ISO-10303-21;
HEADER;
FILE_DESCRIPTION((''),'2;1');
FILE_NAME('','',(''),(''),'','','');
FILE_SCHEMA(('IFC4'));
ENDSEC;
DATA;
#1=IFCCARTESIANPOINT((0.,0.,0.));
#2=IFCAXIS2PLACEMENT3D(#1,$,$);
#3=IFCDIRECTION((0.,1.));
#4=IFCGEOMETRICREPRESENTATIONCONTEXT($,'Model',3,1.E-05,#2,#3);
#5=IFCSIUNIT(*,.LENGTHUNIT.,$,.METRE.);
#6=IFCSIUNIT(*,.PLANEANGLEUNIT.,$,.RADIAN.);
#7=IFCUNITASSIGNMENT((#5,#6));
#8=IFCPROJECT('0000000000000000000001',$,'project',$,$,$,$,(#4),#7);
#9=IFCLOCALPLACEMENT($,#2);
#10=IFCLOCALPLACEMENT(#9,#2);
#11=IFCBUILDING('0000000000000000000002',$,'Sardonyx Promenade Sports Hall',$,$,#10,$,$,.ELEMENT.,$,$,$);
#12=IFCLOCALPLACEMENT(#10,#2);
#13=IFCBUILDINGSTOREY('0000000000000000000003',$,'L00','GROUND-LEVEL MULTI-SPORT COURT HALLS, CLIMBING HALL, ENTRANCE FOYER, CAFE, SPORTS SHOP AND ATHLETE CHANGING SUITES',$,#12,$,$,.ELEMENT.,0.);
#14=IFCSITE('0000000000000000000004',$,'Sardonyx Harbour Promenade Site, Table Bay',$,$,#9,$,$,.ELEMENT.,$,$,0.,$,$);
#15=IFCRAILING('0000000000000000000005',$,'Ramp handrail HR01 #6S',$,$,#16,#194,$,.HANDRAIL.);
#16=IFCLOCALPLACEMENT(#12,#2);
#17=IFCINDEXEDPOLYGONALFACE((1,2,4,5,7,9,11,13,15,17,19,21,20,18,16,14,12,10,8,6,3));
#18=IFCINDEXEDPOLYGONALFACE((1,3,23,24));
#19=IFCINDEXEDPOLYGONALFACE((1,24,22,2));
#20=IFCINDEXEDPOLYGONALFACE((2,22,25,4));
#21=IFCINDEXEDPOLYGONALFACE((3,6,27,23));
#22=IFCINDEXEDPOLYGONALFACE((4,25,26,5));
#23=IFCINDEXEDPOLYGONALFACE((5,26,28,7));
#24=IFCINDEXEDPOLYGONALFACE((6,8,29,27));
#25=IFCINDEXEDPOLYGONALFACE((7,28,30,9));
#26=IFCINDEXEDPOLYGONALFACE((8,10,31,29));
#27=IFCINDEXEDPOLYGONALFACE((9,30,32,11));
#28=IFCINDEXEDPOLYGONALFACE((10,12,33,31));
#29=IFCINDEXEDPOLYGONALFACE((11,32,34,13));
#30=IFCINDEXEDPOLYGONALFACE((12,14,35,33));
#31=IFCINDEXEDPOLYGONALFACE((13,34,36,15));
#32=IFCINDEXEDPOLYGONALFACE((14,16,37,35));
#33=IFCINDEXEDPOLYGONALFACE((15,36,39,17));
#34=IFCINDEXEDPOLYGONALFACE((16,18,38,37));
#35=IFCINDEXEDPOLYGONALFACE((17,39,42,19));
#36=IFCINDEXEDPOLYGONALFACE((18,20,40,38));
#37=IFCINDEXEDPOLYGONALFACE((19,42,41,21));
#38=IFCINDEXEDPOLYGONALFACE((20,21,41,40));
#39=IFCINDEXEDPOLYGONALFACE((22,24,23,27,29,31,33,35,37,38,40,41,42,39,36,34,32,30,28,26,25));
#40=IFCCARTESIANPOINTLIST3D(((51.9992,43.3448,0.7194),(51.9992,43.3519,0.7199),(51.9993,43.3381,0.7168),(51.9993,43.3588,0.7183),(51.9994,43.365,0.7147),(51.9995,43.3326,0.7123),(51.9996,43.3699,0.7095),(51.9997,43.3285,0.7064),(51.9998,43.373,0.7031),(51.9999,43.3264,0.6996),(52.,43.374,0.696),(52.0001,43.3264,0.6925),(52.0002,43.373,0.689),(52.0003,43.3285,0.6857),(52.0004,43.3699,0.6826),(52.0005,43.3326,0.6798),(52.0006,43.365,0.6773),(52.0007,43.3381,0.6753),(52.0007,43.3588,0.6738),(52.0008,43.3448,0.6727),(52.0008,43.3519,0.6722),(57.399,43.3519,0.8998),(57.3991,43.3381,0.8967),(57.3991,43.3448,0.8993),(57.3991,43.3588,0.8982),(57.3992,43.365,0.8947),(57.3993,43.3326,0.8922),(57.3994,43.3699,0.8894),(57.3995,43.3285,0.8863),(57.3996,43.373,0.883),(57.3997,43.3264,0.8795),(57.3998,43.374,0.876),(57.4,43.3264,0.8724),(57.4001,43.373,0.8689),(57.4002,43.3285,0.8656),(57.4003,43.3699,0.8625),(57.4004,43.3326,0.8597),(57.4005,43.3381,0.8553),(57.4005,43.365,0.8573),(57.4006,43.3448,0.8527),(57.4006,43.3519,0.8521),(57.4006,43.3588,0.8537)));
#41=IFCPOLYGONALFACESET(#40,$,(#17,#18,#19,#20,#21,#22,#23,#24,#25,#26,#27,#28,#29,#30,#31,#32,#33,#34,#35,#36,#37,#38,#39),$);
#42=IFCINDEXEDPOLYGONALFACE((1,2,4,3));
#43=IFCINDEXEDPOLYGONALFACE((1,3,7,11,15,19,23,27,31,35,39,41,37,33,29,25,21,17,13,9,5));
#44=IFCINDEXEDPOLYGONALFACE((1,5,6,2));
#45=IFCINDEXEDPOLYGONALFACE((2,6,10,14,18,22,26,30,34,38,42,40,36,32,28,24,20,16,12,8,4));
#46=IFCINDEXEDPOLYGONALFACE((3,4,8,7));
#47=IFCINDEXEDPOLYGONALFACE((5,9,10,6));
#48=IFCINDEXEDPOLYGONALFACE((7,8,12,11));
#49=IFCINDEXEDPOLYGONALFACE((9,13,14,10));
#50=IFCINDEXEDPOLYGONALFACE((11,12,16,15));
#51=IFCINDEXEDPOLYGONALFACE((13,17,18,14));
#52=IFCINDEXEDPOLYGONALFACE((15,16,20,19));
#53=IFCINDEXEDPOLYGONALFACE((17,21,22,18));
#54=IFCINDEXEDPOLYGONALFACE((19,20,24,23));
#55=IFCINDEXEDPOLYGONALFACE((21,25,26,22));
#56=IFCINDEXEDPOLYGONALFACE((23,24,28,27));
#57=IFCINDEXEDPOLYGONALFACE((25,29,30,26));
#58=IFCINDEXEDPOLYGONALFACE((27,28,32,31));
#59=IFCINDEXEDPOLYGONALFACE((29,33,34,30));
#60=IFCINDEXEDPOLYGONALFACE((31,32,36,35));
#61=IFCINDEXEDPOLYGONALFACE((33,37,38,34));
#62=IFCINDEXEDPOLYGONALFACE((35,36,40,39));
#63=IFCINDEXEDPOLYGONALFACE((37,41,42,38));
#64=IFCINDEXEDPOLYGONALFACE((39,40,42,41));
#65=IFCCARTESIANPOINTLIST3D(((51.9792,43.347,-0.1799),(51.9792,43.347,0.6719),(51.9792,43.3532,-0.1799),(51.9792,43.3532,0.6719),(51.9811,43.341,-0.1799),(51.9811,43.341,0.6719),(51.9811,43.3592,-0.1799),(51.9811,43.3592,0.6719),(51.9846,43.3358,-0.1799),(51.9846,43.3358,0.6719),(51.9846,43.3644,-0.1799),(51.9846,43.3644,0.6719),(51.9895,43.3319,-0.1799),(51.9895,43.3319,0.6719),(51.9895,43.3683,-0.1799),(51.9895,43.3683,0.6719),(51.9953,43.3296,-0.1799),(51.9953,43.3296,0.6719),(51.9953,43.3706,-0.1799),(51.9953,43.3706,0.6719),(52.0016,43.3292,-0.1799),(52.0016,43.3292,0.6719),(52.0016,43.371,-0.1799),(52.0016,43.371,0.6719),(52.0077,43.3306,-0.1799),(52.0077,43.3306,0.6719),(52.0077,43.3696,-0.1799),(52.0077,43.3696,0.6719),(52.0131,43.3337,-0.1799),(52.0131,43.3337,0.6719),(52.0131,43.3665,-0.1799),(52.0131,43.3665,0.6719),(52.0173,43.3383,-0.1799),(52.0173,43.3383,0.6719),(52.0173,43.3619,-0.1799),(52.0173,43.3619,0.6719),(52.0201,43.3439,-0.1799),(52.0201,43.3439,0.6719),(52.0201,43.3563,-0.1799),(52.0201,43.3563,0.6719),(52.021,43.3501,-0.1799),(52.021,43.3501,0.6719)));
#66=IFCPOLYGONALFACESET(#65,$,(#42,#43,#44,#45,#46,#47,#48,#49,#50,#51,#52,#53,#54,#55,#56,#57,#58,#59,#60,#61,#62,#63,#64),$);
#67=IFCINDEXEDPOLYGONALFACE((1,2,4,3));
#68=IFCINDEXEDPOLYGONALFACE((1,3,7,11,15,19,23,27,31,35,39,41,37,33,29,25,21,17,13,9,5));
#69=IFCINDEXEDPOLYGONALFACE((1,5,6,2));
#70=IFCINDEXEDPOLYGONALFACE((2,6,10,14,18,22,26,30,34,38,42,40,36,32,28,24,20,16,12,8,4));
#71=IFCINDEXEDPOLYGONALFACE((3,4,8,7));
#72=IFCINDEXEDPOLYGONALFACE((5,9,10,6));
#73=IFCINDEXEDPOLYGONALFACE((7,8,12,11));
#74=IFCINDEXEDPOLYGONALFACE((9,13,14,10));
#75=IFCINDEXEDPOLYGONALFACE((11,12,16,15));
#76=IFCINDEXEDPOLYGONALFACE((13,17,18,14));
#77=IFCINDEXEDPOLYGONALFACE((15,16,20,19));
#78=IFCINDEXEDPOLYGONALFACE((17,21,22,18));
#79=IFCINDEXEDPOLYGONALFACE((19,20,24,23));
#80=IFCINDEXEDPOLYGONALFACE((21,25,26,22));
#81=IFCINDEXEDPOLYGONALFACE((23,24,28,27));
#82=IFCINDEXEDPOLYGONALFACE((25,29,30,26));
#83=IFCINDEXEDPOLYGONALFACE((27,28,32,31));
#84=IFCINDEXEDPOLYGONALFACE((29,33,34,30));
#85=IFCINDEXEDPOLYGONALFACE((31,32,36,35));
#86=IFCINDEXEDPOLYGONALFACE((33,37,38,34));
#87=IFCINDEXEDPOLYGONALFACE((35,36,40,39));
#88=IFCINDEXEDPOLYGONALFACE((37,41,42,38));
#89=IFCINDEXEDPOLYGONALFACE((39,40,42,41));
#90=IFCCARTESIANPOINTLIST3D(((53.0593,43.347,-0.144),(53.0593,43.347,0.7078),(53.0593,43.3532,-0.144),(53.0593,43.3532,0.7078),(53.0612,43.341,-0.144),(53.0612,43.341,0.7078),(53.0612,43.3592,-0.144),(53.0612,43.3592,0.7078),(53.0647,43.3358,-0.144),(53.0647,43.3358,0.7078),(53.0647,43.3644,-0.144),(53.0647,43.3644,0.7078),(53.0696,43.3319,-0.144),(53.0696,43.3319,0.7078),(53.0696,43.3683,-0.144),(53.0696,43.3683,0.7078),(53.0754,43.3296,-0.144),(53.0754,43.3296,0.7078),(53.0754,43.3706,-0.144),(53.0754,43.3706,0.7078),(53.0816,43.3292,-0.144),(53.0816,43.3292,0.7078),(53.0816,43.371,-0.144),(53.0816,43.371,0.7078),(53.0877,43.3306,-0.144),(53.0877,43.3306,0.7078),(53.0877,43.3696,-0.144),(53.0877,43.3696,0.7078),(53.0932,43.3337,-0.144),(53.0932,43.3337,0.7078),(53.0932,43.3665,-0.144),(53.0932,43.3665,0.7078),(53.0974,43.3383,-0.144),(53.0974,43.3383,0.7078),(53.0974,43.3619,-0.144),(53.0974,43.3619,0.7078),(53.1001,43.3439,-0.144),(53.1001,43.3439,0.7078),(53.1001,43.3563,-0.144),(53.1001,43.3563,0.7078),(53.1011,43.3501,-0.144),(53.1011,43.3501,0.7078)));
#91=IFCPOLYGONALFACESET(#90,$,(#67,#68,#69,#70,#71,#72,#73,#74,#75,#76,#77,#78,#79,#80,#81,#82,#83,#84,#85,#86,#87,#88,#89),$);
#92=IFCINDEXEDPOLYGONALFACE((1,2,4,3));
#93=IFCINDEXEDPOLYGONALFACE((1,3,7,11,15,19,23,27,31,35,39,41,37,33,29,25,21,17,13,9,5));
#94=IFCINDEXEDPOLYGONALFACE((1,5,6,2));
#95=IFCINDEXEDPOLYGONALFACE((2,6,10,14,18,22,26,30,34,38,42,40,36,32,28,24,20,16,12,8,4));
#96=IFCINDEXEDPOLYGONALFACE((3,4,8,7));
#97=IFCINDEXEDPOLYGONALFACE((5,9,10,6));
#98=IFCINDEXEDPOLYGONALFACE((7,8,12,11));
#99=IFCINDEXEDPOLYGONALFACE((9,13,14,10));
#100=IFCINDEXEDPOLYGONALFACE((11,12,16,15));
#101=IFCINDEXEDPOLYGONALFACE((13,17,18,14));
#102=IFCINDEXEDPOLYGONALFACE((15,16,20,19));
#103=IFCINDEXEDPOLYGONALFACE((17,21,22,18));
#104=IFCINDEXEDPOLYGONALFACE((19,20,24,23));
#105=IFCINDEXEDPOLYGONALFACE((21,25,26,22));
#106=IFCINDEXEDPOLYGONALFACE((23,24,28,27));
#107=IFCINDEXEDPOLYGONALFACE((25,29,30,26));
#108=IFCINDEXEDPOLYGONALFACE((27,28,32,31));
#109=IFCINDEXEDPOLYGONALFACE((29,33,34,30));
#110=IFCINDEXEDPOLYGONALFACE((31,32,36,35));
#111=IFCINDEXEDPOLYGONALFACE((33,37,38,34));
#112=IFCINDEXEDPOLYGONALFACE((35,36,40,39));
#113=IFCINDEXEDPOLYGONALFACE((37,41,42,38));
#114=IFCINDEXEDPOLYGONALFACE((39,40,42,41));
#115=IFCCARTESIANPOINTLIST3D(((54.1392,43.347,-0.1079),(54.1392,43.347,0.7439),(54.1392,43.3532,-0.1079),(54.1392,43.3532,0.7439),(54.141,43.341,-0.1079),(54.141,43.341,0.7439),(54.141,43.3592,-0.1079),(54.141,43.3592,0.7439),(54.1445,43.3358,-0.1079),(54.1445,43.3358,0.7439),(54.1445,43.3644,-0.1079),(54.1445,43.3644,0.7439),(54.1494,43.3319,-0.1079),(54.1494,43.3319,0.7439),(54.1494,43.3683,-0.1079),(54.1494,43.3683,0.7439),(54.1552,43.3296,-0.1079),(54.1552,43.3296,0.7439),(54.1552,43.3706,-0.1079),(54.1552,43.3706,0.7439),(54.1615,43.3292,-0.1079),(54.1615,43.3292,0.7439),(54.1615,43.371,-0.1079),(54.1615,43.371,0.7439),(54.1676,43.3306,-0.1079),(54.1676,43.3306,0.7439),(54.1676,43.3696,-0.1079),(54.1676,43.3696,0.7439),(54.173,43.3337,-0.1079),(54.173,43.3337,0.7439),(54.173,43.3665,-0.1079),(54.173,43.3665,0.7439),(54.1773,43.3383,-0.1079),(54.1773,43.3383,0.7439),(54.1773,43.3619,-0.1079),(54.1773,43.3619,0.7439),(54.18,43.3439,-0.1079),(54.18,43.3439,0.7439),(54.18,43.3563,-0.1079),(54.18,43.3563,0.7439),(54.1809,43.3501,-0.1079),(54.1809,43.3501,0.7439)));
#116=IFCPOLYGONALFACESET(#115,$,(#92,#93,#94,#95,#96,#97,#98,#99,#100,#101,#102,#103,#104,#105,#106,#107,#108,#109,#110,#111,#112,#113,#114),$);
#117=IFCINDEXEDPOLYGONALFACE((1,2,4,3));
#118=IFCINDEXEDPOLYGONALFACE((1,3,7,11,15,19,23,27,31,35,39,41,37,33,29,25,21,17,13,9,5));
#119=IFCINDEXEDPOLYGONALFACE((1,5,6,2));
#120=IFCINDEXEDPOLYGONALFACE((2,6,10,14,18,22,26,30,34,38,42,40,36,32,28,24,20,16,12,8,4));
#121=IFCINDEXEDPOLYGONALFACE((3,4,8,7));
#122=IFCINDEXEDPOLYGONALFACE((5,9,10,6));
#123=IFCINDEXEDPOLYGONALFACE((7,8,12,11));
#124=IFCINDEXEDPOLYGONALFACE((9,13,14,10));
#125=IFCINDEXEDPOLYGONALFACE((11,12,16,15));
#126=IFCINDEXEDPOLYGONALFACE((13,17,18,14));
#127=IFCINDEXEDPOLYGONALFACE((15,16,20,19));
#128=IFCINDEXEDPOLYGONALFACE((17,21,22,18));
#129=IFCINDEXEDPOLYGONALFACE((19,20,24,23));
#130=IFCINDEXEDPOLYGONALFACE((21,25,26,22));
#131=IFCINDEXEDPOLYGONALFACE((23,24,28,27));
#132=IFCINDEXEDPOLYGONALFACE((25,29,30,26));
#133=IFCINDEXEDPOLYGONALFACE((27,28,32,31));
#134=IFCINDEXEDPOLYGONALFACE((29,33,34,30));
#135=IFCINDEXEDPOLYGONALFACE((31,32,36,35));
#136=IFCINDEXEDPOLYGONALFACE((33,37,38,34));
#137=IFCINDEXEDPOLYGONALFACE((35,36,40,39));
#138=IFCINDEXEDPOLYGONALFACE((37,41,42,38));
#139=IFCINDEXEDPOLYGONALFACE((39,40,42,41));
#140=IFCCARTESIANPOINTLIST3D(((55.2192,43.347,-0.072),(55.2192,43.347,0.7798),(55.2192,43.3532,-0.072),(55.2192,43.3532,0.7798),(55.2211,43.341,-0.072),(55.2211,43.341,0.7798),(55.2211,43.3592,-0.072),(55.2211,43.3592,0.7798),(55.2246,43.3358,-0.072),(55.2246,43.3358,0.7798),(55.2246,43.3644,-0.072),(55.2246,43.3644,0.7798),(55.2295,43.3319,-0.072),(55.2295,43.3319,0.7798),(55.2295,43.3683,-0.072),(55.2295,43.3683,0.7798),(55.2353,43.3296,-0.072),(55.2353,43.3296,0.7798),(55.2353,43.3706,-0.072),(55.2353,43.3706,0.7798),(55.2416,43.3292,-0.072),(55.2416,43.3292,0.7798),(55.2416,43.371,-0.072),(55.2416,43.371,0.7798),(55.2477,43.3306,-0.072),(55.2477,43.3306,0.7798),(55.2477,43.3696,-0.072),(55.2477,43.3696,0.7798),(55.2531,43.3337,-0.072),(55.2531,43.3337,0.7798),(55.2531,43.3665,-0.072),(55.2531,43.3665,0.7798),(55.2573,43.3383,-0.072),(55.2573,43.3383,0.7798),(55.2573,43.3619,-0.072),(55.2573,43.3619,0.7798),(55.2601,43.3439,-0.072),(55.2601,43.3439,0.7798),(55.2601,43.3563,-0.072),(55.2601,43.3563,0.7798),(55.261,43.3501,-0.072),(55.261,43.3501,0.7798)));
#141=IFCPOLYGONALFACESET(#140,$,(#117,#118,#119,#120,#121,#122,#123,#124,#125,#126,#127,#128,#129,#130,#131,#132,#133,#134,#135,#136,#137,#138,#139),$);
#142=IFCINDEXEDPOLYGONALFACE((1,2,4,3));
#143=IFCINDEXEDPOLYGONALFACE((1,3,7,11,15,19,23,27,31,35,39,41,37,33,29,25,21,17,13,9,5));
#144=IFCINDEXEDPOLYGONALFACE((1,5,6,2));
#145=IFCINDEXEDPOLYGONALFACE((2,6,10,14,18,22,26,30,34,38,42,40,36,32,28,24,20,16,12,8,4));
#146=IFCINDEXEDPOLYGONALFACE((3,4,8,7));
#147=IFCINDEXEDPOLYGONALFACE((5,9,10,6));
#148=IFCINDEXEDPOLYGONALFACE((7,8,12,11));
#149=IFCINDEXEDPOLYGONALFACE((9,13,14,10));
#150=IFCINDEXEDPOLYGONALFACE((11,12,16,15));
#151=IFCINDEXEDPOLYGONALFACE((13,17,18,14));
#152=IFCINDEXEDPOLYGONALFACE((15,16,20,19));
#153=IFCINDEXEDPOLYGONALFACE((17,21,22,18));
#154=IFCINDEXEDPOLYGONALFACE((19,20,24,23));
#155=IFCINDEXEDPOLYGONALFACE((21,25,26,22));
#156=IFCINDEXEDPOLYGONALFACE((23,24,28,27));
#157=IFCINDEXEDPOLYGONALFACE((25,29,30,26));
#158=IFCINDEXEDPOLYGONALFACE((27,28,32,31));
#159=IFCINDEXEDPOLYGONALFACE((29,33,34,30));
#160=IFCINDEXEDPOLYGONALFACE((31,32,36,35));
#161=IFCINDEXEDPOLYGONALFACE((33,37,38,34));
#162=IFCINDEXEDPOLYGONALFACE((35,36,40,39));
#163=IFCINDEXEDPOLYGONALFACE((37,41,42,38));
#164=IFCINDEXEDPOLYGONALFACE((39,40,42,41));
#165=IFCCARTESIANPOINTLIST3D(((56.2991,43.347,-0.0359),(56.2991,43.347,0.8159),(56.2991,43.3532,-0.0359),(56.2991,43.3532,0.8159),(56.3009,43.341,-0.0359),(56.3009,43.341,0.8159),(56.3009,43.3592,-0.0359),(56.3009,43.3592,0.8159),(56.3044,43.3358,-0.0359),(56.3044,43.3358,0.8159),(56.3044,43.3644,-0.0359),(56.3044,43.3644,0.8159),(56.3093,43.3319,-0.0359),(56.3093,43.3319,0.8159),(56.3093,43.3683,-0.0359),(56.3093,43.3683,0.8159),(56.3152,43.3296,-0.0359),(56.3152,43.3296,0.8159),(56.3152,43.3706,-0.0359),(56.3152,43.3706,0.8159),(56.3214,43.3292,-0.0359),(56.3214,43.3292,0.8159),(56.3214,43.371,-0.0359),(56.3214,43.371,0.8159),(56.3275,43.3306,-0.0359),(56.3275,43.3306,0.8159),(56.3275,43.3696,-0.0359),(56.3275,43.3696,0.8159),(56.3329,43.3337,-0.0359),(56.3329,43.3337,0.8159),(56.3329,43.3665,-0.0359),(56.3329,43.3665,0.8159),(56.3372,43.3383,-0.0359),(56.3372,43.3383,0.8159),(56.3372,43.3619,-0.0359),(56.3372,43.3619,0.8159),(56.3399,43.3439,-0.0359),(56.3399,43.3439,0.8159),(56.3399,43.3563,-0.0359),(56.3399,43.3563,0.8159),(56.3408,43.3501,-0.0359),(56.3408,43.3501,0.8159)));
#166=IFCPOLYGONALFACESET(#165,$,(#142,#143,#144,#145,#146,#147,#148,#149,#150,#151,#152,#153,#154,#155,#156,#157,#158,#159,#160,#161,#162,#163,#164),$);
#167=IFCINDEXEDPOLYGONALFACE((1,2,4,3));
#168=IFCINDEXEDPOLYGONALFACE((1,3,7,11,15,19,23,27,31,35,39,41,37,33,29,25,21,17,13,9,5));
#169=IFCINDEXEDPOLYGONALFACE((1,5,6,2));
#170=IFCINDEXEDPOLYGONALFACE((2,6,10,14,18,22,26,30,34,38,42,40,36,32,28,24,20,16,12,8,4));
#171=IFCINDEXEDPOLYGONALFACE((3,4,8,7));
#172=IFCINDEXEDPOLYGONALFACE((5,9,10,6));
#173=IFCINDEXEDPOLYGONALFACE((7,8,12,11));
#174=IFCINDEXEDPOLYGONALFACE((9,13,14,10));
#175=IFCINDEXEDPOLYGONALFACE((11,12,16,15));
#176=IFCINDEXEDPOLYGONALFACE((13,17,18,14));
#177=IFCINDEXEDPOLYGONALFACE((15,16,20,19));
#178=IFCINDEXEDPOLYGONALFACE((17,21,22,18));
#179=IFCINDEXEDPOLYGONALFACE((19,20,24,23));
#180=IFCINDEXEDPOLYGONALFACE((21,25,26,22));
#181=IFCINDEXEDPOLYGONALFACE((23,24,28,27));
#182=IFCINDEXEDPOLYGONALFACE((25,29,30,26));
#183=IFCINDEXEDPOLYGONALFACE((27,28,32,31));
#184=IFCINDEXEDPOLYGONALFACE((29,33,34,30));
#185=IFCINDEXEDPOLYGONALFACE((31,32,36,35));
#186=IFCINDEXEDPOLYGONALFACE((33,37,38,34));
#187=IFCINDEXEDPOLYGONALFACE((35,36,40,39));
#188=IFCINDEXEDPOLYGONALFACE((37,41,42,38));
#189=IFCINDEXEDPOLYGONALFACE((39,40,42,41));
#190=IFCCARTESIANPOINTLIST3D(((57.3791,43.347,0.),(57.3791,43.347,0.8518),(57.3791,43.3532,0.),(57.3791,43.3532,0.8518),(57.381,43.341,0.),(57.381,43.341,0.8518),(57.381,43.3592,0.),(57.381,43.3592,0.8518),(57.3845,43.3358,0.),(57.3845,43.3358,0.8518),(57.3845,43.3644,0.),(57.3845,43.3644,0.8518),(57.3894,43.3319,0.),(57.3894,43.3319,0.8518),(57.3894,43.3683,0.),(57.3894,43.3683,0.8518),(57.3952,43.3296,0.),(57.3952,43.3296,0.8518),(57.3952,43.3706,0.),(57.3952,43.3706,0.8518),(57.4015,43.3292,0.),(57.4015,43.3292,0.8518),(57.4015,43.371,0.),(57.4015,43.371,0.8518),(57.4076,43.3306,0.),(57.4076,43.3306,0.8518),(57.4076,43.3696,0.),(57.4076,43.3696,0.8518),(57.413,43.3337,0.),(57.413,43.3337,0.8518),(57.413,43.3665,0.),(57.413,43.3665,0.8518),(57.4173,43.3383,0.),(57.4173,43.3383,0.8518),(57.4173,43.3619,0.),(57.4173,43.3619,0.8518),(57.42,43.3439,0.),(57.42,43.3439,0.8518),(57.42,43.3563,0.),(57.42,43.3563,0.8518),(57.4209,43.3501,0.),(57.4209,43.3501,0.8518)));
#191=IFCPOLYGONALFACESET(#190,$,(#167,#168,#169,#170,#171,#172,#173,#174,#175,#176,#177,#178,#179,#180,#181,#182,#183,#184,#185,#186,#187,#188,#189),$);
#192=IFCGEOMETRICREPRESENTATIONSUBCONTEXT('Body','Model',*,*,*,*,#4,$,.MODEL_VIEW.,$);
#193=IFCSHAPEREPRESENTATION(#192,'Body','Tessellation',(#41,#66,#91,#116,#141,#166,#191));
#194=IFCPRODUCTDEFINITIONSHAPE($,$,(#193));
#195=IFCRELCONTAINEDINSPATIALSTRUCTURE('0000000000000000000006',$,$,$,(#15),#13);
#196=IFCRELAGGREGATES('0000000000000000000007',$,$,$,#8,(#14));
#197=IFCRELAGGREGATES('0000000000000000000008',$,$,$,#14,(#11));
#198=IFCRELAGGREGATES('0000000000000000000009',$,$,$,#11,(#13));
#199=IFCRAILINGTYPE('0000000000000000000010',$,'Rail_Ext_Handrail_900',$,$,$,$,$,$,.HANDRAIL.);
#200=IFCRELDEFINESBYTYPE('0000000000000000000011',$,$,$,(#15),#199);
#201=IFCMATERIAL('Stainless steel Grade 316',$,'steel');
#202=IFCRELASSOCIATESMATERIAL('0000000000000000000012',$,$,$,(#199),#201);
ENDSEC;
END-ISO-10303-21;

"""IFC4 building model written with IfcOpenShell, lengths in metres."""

from ifc_helpers import new_model, si_unit, direction, frame, origin, origin_2d, place, context, subcontext, project, spatial, circle, extrude, material, type_object, element, save


model = new_model("IFC4")

# Units and contexts
model_context = context("Model", 3, precision=1e-05, world=origin(), true_north=direction((0.0, 1.0)))
body_context = subcontext(model_context, "Body", "Model", "MODEL_VIEW")
ifc_project = project(units=[si_unit("LENGTHUNIT", "METRE"), si_unit("PLANEANGLEUNIT", "RADIAN")], contexts=[model_context])

# Site, building, storey
site_placement = place(None, origin())
site = spatial("IfcSite", under=ifc_project, at=site_placement, Name="Sardonyx Harbour Promenade Site, Table Bay", CompositionType="ELEMENT", RefElevation=0.0)
building_placement = place(site_placement, origin())
building = spatial("IfcBuilding", under=site, at=building_placement, Name="Sardonyx Promenade Sports Hall", CompositionType="ELEMENT")
storey_placement = place(building_placement, origin())
storey = spatial("IfcBuildingStorey", under=building, at=storey_placement, Name="L00", Description="GROUND-LEVEL MULTI-SPORT COURT HALLS, CLIMBING HALL, ENTRANCE FOYER, CAFE, SPORTS SHOP AND ATHLETE CHANGING SUITES", CompositionType="ELEMENT", Elevation=0.0)

# Railing
ifc_material_1 = material(Name="Stainless steel Grade 316", Category="steel")
railing_type = type_object("IfcRailingType", Name="Rail_Ext_Handrail_900", PredefinedType="HANDRAIL", material=ifc_material_1)
for number, where, name in (
    (1, (52.0, 43.3501, -0.1799), "Ramp handrail HR01 #6S"),
):
    element("IfcRailing", number, at=place(storey_placement, frame(where)), inside=storey, type_object=railing_type, Name=name, PredefinedType="HANDRAIL", context=body_context, shape_type="SweptSolid", body=[
        extrude(circle(Radius=0.0239, at=origin_2d()), frame((0.0, 0.0, 0.876), z_axis=(0.999445, 0.0, 0.033303), x_axis=(0.0, 1.0, 0.0)), (0.0, 0.0, 1.0), 5.4028),
        extrude(circle(Radius=0.021, at=origin_2d()), origin(), (0.0, 0.0, 1.0), 0.8518),
        extrude(circle(Radius=0.021, at=origin_2d()), frame((1.0801, 0.0, 0.0359)), (0.0, 0.0, 1.0), 0.8518),
        extrude(circle(Radius=0.021, at=origin_2d()), frame((2.1599, 0.0, 0.072)), (0.0, 0.0, 1.0), 0.8518),
        extrude(circle(Radius=0.021, at=origin_2d()), frame((3.24, 0.0, 0.1079)), (0.0, 0.0, 1.0), 0.8518),
        extrude(circle(Radius=0.021, at=origin_2d()), frame((4.3198, 0.0, 0.144)), (0.0, 0.0, 1.0), 0.8518),
        extrude(circle(Radius=0.021, at=origin_2d()), frame((5.3999, 0.0, 0.1799)), (0.0, 0.0, 1.0), 0.8518),
    ])

save(model, "model.ifc")
